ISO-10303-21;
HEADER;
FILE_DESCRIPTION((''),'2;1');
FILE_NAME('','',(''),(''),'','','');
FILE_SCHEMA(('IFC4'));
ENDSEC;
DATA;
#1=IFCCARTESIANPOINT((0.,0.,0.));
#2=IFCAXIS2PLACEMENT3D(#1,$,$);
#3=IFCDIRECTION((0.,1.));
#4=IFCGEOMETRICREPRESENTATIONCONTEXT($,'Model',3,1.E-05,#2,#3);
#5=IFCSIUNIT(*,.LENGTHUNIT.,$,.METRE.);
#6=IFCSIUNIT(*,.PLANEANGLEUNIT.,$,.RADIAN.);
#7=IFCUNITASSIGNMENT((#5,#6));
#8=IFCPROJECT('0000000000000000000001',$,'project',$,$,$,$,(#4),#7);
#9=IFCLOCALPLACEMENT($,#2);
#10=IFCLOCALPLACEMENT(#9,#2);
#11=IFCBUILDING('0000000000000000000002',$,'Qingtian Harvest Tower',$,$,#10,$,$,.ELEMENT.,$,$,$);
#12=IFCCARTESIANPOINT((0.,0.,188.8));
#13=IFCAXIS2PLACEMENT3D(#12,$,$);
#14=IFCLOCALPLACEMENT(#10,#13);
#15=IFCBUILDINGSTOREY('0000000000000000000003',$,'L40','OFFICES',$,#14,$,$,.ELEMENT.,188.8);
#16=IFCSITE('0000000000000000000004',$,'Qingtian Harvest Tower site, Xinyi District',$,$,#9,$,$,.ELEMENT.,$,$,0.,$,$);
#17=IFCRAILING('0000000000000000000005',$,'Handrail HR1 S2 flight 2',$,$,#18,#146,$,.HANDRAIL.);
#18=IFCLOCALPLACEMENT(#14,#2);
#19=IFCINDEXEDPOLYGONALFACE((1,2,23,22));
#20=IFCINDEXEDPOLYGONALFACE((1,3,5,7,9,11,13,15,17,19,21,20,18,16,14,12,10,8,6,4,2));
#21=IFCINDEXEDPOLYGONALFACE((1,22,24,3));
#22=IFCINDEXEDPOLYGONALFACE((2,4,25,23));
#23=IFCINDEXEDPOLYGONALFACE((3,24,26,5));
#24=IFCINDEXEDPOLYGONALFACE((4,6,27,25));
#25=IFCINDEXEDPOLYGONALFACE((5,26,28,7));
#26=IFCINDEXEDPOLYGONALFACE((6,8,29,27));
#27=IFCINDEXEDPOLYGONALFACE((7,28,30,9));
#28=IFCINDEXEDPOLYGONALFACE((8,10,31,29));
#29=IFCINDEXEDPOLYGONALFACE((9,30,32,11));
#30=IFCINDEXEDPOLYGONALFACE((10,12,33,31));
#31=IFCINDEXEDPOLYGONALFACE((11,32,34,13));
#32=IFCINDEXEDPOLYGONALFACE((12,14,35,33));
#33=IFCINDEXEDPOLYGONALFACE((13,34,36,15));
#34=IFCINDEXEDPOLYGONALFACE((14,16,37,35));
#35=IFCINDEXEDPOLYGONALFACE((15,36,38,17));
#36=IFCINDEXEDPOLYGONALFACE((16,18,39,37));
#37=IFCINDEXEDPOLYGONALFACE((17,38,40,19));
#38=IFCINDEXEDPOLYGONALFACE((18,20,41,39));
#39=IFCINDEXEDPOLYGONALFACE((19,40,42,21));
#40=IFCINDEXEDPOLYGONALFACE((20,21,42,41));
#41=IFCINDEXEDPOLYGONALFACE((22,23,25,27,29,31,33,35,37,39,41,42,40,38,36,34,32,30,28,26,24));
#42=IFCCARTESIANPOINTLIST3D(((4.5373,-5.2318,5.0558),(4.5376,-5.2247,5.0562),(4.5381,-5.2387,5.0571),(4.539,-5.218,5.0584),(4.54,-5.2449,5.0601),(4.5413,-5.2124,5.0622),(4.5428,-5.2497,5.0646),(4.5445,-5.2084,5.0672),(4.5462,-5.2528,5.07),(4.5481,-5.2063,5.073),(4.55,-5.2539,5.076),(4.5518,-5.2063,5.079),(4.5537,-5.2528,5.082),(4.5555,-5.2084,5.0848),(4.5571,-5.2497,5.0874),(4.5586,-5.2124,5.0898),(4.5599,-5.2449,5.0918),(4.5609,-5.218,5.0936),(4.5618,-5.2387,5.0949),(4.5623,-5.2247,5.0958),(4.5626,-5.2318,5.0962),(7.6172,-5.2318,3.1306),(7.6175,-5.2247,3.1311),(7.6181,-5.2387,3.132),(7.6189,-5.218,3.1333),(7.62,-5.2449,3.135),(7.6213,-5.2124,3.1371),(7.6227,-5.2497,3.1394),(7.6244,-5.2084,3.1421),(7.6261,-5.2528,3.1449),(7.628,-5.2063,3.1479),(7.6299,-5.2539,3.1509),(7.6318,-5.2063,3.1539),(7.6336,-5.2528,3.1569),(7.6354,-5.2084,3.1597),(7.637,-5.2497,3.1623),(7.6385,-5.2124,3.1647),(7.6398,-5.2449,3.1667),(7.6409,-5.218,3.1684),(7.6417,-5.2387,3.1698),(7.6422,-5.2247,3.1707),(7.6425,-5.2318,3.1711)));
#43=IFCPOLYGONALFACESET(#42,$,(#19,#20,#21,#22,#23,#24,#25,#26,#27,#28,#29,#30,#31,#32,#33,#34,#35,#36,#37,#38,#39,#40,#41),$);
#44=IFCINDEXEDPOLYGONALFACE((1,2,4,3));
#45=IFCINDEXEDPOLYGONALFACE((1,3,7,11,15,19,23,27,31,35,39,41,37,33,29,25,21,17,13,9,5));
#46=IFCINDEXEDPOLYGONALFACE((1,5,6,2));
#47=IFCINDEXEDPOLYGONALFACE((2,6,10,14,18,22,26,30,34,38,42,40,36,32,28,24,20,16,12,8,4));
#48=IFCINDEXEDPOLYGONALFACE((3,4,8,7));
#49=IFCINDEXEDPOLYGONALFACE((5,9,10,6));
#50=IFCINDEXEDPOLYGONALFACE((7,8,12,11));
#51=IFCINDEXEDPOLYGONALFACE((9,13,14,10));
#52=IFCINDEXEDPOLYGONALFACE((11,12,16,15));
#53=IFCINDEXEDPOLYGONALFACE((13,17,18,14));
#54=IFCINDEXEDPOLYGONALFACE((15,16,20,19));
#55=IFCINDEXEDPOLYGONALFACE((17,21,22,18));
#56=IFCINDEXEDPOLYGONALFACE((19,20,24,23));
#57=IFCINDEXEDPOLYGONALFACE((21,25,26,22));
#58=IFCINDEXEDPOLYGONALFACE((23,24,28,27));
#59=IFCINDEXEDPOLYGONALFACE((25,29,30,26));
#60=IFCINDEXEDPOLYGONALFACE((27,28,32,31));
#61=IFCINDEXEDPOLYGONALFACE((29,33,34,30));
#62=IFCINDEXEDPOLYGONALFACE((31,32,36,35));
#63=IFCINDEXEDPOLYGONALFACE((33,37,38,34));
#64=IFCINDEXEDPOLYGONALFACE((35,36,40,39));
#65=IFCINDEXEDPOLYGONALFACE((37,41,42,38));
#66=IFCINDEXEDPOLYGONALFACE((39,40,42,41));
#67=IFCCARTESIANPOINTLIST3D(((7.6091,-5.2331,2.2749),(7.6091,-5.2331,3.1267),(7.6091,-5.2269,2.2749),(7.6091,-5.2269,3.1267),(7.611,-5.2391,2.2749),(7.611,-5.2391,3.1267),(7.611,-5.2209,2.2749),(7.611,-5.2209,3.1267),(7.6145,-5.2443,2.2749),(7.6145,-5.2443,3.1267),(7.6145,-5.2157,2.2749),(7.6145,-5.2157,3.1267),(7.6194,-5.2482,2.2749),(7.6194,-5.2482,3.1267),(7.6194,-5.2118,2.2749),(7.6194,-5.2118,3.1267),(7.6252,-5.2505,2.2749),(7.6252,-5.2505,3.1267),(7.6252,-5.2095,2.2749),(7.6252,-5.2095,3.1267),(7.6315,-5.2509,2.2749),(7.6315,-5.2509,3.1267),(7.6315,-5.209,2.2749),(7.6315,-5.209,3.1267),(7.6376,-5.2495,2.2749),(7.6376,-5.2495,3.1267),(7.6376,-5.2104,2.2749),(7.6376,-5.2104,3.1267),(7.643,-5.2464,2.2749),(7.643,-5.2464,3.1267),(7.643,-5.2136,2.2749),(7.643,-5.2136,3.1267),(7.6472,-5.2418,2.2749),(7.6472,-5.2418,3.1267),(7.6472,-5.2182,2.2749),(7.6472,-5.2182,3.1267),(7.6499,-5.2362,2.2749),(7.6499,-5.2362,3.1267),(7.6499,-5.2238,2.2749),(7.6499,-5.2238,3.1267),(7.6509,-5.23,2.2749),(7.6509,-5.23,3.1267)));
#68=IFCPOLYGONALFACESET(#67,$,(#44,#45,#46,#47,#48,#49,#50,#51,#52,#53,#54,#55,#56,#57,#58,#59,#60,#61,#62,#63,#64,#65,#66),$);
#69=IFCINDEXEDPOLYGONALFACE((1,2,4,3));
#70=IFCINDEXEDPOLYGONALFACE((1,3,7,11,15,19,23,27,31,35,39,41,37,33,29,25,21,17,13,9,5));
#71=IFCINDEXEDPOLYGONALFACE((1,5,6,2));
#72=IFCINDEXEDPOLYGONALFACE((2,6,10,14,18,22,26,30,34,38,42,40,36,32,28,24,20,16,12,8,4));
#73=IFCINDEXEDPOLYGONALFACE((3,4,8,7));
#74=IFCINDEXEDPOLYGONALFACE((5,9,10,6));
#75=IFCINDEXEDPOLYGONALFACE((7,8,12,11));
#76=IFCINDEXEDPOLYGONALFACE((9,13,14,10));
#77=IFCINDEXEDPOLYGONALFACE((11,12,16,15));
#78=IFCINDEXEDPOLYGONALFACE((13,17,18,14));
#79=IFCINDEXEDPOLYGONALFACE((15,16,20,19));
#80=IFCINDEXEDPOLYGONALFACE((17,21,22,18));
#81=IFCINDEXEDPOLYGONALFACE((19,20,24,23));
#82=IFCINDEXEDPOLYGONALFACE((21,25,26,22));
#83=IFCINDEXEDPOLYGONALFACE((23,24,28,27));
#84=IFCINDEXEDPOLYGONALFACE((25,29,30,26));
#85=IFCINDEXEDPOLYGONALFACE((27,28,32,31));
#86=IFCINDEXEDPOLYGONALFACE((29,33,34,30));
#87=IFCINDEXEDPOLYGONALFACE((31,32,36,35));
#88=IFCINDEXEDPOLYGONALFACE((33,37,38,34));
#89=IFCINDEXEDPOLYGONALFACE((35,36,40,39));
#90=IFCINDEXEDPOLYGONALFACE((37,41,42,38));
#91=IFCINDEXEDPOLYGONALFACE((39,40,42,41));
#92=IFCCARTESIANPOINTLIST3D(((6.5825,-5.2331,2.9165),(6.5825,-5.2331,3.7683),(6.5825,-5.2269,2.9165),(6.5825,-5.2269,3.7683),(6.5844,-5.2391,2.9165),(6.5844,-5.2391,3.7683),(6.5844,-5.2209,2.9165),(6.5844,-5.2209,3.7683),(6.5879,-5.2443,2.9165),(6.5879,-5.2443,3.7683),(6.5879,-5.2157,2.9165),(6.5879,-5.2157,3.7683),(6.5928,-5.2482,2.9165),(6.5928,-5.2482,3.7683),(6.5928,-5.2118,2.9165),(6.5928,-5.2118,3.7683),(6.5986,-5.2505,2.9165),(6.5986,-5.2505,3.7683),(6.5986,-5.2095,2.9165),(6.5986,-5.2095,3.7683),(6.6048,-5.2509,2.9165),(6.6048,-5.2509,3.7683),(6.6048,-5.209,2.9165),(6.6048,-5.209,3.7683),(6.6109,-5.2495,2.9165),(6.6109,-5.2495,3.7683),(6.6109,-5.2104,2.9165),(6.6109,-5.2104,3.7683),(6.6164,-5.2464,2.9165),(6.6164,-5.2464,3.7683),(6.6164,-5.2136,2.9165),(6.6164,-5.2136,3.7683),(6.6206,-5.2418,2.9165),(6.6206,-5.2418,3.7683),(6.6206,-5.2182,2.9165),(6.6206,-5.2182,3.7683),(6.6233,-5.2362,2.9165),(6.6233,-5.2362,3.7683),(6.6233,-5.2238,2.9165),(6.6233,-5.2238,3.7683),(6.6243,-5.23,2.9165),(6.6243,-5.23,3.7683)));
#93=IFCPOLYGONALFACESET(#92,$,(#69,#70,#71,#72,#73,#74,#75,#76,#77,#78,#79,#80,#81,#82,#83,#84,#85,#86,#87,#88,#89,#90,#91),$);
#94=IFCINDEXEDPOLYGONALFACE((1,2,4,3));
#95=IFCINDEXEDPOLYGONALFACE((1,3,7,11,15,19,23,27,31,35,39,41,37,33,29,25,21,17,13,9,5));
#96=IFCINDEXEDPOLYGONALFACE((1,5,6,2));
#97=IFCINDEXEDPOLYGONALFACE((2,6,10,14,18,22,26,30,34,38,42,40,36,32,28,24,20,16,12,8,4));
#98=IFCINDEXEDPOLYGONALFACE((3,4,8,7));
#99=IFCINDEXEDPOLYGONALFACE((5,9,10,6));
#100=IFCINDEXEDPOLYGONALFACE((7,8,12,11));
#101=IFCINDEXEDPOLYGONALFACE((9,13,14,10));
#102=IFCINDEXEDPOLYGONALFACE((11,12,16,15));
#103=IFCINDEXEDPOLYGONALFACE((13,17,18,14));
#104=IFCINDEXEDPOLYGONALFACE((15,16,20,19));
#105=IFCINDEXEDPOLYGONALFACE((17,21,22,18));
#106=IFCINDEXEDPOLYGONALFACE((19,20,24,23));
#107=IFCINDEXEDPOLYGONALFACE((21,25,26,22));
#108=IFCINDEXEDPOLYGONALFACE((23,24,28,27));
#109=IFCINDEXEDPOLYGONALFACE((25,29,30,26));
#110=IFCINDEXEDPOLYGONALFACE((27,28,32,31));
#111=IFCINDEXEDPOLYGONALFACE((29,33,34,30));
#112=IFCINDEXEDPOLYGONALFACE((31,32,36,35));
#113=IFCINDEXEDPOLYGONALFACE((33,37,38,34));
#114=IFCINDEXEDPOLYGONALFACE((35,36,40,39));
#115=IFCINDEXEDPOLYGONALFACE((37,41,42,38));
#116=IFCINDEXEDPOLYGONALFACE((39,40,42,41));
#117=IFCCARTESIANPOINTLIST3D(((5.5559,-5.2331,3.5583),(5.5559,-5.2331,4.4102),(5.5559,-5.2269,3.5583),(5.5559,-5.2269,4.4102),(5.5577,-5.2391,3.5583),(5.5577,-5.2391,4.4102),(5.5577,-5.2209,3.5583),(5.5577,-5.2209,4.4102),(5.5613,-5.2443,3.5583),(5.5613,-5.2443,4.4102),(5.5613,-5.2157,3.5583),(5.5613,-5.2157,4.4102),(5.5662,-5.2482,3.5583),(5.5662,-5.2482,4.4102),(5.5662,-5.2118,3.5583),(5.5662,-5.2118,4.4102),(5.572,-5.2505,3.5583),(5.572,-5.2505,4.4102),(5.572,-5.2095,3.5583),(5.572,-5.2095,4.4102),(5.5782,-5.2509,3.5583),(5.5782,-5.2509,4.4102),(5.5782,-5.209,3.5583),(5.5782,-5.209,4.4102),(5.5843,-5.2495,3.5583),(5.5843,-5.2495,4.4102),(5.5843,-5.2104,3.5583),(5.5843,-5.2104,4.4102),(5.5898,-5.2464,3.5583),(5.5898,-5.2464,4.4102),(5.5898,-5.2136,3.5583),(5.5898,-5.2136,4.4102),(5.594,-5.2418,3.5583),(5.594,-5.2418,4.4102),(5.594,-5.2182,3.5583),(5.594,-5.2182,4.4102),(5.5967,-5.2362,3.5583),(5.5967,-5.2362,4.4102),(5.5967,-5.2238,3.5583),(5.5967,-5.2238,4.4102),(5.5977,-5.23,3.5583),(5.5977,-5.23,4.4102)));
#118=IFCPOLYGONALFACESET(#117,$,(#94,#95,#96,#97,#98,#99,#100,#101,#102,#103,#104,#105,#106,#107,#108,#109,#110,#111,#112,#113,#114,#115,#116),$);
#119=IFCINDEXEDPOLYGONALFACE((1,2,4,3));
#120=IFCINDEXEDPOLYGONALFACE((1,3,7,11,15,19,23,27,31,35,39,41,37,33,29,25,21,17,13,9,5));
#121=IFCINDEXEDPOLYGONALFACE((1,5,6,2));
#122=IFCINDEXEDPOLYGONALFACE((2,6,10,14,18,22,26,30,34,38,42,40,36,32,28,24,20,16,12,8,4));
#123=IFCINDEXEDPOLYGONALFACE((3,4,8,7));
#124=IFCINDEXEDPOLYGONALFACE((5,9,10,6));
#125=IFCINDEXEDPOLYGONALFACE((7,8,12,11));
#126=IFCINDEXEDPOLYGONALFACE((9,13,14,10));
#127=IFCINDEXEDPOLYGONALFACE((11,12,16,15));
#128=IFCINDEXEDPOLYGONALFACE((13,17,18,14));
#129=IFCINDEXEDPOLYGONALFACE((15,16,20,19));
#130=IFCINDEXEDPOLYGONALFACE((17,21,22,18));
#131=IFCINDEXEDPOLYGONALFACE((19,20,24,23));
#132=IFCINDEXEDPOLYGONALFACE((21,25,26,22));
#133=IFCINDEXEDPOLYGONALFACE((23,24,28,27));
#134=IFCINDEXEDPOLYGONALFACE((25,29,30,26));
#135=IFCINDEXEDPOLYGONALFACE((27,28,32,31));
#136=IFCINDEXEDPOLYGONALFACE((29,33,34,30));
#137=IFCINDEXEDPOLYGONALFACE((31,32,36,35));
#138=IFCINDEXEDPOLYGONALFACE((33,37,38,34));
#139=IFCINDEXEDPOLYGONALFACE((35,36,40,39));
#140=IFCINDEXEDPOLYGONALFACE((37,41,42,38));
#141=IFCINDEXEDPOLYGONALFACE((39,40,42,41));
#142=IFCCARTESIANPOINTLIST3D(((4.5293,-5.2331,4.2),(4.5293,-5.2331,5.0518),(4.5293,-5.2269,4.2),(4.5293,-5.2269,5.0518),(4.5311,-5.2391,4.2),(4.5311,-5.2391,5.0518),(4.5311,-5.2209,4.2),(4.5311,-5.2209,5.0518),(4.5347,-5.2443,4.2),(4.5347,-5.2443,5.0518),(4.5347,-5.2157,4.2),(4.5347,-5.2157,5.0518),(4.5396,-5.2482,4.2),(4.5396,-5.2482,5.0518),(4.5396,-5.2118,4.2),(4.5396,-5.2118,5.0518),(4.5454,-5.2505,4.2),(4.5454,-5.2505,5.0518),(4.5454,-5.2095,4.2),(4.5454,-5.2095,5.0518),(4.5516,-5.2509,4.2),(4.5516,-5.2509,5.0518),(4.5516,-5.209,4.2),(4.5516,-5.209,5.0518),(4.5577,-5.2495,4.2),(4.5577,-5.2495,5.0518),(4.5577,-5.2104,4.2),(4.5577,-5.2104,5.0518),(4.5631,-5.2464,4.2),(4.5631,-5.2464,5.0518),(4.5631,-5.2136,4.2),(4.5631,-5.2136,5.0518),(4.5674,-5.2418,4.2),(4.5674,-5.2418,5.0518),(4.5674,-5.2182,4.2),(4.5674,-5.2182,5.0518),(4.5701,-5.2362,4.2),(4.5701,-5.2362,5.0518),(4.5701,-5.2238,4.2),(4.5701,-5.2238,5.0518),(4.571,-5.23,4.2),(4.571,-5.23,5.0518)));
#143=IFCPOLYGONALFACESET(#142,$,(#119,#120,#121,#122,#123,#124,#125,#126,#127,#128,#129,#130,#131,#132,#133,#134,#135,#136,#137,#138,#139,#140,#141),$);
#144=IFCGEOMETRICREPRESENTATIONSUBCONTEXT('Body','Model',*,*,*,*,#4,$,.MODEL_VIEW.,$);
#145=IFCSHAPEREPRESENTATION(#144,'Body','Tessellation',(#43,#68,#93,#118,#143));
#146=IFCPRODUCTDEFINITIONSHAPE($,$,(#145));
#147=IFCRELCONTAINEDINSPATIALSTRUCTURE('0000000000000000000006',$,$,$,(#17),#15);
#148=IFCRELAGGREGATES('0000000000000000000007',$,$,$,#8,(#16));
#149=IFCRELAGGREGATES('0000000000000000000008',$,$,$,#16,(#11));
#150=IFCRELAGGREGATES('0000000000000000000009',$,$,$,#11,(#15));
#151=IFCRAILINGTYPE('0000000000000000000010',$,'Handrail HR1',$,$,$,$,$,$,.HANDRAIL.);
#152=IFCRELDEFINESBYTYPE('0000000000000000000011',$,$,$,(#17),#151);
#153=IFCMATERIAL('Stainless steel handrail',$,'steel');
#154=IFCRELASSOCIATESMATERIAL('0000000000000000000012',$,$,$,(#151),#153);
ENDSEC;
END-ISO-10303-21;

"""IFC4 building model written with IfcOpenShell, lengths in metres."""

from ifc_helpers import new_model, si_unit, direction, frame, origin, origin_2d, place, context, subcontext, project, spatial, circle, extrude, material, type_object, element, save


model = new_model("IFC4")

# Units and contexts
model_context = context("Model", 3, precision=1e-05, world=origin(), true_north=direction((0.0, 1.0)))
body_context = subcontext(model_context, "Body", "Model", "MODEL_VIEW")
ifc_project = project(units=[si_unit("LENGTHUNIT", "METRE"), si_unit("PLANEANGLEUNIT", "RADIAN")], contexts=[model_context])

# Site, building, storey
site_placement = place(None, origin())
site = spatial("IfcSite", under=ifc_project, at=site_placement, Name="Qingtian Harvest Tower site, Xinyi District", CompositionType="ELEMENT", RefElevation=0.0)
building_placement = place(site_placement, origin())
building = spatial("IfcBuilding", under=site, at=building_placement, Name="Qingtian Harvest Tower", CompositionType="ELEMENT")
storey_placement = place(building_placement, frame((0.0, 0.0, 188.8)))
storey = spatial("IfcBuildingStorey", under=building, at=storey_placement, Name="L40", Description="OFFICES", CompositionType="ELEMENT", Elevation=188.8)

# Railing
ifc_material_1 = material(Name="Stainless steel handrail", Category="steel")
railing_type = type_object("IfcRailingType", Name="Handrail HR1", PredefinedType="HANDRAIL", material=ifc_material_1)
railing_1_placement = place(storey_placement, frame((7.6299, -5.23, 2.2749)))
element("IfcRailing", 1, at=railing_1_placement, inside=storey, type_object=railing_type, Name="Handrail HR1 S2 flight 2", PredefinedType="HANDRAIL", context=body_context, shape_type="SweptSolid", body=[
    extrude(circle(Radius=0.0239, at=origin_2d()), frame((0.0, 0.0, 0.876), z_axis=(-0.847979, 0.0, 0.530029), x_axis=(0.0, -1.0, 0.0)), (0.0, 0.0, 1.0), 3.6321),
    extrude(circle(Radius=0.021, at=origin_2d()), origin(), (0.0, 0.0, 1.0), 0.8518),
    extrude(circle(Radius=0.021, at=origin_2d()), frame((-1.0266, 0.0, 0.6416)), (0.0, 0.0, 1.0), 0.8518),
    extrude(circle(Radius=0.021, at=origin_2d()), frame((-2.0532, 0.0, 1.2834)), (0.0, 0.0, 1.0), 0.8518),
    extrude(circle(Radius=0.021, at=origin_2d()), frame((-3.0798, 0.0, 1.925)), (0.0, 0.0, 1.0), 0.8518),
])

save(model, "model.ifc")
